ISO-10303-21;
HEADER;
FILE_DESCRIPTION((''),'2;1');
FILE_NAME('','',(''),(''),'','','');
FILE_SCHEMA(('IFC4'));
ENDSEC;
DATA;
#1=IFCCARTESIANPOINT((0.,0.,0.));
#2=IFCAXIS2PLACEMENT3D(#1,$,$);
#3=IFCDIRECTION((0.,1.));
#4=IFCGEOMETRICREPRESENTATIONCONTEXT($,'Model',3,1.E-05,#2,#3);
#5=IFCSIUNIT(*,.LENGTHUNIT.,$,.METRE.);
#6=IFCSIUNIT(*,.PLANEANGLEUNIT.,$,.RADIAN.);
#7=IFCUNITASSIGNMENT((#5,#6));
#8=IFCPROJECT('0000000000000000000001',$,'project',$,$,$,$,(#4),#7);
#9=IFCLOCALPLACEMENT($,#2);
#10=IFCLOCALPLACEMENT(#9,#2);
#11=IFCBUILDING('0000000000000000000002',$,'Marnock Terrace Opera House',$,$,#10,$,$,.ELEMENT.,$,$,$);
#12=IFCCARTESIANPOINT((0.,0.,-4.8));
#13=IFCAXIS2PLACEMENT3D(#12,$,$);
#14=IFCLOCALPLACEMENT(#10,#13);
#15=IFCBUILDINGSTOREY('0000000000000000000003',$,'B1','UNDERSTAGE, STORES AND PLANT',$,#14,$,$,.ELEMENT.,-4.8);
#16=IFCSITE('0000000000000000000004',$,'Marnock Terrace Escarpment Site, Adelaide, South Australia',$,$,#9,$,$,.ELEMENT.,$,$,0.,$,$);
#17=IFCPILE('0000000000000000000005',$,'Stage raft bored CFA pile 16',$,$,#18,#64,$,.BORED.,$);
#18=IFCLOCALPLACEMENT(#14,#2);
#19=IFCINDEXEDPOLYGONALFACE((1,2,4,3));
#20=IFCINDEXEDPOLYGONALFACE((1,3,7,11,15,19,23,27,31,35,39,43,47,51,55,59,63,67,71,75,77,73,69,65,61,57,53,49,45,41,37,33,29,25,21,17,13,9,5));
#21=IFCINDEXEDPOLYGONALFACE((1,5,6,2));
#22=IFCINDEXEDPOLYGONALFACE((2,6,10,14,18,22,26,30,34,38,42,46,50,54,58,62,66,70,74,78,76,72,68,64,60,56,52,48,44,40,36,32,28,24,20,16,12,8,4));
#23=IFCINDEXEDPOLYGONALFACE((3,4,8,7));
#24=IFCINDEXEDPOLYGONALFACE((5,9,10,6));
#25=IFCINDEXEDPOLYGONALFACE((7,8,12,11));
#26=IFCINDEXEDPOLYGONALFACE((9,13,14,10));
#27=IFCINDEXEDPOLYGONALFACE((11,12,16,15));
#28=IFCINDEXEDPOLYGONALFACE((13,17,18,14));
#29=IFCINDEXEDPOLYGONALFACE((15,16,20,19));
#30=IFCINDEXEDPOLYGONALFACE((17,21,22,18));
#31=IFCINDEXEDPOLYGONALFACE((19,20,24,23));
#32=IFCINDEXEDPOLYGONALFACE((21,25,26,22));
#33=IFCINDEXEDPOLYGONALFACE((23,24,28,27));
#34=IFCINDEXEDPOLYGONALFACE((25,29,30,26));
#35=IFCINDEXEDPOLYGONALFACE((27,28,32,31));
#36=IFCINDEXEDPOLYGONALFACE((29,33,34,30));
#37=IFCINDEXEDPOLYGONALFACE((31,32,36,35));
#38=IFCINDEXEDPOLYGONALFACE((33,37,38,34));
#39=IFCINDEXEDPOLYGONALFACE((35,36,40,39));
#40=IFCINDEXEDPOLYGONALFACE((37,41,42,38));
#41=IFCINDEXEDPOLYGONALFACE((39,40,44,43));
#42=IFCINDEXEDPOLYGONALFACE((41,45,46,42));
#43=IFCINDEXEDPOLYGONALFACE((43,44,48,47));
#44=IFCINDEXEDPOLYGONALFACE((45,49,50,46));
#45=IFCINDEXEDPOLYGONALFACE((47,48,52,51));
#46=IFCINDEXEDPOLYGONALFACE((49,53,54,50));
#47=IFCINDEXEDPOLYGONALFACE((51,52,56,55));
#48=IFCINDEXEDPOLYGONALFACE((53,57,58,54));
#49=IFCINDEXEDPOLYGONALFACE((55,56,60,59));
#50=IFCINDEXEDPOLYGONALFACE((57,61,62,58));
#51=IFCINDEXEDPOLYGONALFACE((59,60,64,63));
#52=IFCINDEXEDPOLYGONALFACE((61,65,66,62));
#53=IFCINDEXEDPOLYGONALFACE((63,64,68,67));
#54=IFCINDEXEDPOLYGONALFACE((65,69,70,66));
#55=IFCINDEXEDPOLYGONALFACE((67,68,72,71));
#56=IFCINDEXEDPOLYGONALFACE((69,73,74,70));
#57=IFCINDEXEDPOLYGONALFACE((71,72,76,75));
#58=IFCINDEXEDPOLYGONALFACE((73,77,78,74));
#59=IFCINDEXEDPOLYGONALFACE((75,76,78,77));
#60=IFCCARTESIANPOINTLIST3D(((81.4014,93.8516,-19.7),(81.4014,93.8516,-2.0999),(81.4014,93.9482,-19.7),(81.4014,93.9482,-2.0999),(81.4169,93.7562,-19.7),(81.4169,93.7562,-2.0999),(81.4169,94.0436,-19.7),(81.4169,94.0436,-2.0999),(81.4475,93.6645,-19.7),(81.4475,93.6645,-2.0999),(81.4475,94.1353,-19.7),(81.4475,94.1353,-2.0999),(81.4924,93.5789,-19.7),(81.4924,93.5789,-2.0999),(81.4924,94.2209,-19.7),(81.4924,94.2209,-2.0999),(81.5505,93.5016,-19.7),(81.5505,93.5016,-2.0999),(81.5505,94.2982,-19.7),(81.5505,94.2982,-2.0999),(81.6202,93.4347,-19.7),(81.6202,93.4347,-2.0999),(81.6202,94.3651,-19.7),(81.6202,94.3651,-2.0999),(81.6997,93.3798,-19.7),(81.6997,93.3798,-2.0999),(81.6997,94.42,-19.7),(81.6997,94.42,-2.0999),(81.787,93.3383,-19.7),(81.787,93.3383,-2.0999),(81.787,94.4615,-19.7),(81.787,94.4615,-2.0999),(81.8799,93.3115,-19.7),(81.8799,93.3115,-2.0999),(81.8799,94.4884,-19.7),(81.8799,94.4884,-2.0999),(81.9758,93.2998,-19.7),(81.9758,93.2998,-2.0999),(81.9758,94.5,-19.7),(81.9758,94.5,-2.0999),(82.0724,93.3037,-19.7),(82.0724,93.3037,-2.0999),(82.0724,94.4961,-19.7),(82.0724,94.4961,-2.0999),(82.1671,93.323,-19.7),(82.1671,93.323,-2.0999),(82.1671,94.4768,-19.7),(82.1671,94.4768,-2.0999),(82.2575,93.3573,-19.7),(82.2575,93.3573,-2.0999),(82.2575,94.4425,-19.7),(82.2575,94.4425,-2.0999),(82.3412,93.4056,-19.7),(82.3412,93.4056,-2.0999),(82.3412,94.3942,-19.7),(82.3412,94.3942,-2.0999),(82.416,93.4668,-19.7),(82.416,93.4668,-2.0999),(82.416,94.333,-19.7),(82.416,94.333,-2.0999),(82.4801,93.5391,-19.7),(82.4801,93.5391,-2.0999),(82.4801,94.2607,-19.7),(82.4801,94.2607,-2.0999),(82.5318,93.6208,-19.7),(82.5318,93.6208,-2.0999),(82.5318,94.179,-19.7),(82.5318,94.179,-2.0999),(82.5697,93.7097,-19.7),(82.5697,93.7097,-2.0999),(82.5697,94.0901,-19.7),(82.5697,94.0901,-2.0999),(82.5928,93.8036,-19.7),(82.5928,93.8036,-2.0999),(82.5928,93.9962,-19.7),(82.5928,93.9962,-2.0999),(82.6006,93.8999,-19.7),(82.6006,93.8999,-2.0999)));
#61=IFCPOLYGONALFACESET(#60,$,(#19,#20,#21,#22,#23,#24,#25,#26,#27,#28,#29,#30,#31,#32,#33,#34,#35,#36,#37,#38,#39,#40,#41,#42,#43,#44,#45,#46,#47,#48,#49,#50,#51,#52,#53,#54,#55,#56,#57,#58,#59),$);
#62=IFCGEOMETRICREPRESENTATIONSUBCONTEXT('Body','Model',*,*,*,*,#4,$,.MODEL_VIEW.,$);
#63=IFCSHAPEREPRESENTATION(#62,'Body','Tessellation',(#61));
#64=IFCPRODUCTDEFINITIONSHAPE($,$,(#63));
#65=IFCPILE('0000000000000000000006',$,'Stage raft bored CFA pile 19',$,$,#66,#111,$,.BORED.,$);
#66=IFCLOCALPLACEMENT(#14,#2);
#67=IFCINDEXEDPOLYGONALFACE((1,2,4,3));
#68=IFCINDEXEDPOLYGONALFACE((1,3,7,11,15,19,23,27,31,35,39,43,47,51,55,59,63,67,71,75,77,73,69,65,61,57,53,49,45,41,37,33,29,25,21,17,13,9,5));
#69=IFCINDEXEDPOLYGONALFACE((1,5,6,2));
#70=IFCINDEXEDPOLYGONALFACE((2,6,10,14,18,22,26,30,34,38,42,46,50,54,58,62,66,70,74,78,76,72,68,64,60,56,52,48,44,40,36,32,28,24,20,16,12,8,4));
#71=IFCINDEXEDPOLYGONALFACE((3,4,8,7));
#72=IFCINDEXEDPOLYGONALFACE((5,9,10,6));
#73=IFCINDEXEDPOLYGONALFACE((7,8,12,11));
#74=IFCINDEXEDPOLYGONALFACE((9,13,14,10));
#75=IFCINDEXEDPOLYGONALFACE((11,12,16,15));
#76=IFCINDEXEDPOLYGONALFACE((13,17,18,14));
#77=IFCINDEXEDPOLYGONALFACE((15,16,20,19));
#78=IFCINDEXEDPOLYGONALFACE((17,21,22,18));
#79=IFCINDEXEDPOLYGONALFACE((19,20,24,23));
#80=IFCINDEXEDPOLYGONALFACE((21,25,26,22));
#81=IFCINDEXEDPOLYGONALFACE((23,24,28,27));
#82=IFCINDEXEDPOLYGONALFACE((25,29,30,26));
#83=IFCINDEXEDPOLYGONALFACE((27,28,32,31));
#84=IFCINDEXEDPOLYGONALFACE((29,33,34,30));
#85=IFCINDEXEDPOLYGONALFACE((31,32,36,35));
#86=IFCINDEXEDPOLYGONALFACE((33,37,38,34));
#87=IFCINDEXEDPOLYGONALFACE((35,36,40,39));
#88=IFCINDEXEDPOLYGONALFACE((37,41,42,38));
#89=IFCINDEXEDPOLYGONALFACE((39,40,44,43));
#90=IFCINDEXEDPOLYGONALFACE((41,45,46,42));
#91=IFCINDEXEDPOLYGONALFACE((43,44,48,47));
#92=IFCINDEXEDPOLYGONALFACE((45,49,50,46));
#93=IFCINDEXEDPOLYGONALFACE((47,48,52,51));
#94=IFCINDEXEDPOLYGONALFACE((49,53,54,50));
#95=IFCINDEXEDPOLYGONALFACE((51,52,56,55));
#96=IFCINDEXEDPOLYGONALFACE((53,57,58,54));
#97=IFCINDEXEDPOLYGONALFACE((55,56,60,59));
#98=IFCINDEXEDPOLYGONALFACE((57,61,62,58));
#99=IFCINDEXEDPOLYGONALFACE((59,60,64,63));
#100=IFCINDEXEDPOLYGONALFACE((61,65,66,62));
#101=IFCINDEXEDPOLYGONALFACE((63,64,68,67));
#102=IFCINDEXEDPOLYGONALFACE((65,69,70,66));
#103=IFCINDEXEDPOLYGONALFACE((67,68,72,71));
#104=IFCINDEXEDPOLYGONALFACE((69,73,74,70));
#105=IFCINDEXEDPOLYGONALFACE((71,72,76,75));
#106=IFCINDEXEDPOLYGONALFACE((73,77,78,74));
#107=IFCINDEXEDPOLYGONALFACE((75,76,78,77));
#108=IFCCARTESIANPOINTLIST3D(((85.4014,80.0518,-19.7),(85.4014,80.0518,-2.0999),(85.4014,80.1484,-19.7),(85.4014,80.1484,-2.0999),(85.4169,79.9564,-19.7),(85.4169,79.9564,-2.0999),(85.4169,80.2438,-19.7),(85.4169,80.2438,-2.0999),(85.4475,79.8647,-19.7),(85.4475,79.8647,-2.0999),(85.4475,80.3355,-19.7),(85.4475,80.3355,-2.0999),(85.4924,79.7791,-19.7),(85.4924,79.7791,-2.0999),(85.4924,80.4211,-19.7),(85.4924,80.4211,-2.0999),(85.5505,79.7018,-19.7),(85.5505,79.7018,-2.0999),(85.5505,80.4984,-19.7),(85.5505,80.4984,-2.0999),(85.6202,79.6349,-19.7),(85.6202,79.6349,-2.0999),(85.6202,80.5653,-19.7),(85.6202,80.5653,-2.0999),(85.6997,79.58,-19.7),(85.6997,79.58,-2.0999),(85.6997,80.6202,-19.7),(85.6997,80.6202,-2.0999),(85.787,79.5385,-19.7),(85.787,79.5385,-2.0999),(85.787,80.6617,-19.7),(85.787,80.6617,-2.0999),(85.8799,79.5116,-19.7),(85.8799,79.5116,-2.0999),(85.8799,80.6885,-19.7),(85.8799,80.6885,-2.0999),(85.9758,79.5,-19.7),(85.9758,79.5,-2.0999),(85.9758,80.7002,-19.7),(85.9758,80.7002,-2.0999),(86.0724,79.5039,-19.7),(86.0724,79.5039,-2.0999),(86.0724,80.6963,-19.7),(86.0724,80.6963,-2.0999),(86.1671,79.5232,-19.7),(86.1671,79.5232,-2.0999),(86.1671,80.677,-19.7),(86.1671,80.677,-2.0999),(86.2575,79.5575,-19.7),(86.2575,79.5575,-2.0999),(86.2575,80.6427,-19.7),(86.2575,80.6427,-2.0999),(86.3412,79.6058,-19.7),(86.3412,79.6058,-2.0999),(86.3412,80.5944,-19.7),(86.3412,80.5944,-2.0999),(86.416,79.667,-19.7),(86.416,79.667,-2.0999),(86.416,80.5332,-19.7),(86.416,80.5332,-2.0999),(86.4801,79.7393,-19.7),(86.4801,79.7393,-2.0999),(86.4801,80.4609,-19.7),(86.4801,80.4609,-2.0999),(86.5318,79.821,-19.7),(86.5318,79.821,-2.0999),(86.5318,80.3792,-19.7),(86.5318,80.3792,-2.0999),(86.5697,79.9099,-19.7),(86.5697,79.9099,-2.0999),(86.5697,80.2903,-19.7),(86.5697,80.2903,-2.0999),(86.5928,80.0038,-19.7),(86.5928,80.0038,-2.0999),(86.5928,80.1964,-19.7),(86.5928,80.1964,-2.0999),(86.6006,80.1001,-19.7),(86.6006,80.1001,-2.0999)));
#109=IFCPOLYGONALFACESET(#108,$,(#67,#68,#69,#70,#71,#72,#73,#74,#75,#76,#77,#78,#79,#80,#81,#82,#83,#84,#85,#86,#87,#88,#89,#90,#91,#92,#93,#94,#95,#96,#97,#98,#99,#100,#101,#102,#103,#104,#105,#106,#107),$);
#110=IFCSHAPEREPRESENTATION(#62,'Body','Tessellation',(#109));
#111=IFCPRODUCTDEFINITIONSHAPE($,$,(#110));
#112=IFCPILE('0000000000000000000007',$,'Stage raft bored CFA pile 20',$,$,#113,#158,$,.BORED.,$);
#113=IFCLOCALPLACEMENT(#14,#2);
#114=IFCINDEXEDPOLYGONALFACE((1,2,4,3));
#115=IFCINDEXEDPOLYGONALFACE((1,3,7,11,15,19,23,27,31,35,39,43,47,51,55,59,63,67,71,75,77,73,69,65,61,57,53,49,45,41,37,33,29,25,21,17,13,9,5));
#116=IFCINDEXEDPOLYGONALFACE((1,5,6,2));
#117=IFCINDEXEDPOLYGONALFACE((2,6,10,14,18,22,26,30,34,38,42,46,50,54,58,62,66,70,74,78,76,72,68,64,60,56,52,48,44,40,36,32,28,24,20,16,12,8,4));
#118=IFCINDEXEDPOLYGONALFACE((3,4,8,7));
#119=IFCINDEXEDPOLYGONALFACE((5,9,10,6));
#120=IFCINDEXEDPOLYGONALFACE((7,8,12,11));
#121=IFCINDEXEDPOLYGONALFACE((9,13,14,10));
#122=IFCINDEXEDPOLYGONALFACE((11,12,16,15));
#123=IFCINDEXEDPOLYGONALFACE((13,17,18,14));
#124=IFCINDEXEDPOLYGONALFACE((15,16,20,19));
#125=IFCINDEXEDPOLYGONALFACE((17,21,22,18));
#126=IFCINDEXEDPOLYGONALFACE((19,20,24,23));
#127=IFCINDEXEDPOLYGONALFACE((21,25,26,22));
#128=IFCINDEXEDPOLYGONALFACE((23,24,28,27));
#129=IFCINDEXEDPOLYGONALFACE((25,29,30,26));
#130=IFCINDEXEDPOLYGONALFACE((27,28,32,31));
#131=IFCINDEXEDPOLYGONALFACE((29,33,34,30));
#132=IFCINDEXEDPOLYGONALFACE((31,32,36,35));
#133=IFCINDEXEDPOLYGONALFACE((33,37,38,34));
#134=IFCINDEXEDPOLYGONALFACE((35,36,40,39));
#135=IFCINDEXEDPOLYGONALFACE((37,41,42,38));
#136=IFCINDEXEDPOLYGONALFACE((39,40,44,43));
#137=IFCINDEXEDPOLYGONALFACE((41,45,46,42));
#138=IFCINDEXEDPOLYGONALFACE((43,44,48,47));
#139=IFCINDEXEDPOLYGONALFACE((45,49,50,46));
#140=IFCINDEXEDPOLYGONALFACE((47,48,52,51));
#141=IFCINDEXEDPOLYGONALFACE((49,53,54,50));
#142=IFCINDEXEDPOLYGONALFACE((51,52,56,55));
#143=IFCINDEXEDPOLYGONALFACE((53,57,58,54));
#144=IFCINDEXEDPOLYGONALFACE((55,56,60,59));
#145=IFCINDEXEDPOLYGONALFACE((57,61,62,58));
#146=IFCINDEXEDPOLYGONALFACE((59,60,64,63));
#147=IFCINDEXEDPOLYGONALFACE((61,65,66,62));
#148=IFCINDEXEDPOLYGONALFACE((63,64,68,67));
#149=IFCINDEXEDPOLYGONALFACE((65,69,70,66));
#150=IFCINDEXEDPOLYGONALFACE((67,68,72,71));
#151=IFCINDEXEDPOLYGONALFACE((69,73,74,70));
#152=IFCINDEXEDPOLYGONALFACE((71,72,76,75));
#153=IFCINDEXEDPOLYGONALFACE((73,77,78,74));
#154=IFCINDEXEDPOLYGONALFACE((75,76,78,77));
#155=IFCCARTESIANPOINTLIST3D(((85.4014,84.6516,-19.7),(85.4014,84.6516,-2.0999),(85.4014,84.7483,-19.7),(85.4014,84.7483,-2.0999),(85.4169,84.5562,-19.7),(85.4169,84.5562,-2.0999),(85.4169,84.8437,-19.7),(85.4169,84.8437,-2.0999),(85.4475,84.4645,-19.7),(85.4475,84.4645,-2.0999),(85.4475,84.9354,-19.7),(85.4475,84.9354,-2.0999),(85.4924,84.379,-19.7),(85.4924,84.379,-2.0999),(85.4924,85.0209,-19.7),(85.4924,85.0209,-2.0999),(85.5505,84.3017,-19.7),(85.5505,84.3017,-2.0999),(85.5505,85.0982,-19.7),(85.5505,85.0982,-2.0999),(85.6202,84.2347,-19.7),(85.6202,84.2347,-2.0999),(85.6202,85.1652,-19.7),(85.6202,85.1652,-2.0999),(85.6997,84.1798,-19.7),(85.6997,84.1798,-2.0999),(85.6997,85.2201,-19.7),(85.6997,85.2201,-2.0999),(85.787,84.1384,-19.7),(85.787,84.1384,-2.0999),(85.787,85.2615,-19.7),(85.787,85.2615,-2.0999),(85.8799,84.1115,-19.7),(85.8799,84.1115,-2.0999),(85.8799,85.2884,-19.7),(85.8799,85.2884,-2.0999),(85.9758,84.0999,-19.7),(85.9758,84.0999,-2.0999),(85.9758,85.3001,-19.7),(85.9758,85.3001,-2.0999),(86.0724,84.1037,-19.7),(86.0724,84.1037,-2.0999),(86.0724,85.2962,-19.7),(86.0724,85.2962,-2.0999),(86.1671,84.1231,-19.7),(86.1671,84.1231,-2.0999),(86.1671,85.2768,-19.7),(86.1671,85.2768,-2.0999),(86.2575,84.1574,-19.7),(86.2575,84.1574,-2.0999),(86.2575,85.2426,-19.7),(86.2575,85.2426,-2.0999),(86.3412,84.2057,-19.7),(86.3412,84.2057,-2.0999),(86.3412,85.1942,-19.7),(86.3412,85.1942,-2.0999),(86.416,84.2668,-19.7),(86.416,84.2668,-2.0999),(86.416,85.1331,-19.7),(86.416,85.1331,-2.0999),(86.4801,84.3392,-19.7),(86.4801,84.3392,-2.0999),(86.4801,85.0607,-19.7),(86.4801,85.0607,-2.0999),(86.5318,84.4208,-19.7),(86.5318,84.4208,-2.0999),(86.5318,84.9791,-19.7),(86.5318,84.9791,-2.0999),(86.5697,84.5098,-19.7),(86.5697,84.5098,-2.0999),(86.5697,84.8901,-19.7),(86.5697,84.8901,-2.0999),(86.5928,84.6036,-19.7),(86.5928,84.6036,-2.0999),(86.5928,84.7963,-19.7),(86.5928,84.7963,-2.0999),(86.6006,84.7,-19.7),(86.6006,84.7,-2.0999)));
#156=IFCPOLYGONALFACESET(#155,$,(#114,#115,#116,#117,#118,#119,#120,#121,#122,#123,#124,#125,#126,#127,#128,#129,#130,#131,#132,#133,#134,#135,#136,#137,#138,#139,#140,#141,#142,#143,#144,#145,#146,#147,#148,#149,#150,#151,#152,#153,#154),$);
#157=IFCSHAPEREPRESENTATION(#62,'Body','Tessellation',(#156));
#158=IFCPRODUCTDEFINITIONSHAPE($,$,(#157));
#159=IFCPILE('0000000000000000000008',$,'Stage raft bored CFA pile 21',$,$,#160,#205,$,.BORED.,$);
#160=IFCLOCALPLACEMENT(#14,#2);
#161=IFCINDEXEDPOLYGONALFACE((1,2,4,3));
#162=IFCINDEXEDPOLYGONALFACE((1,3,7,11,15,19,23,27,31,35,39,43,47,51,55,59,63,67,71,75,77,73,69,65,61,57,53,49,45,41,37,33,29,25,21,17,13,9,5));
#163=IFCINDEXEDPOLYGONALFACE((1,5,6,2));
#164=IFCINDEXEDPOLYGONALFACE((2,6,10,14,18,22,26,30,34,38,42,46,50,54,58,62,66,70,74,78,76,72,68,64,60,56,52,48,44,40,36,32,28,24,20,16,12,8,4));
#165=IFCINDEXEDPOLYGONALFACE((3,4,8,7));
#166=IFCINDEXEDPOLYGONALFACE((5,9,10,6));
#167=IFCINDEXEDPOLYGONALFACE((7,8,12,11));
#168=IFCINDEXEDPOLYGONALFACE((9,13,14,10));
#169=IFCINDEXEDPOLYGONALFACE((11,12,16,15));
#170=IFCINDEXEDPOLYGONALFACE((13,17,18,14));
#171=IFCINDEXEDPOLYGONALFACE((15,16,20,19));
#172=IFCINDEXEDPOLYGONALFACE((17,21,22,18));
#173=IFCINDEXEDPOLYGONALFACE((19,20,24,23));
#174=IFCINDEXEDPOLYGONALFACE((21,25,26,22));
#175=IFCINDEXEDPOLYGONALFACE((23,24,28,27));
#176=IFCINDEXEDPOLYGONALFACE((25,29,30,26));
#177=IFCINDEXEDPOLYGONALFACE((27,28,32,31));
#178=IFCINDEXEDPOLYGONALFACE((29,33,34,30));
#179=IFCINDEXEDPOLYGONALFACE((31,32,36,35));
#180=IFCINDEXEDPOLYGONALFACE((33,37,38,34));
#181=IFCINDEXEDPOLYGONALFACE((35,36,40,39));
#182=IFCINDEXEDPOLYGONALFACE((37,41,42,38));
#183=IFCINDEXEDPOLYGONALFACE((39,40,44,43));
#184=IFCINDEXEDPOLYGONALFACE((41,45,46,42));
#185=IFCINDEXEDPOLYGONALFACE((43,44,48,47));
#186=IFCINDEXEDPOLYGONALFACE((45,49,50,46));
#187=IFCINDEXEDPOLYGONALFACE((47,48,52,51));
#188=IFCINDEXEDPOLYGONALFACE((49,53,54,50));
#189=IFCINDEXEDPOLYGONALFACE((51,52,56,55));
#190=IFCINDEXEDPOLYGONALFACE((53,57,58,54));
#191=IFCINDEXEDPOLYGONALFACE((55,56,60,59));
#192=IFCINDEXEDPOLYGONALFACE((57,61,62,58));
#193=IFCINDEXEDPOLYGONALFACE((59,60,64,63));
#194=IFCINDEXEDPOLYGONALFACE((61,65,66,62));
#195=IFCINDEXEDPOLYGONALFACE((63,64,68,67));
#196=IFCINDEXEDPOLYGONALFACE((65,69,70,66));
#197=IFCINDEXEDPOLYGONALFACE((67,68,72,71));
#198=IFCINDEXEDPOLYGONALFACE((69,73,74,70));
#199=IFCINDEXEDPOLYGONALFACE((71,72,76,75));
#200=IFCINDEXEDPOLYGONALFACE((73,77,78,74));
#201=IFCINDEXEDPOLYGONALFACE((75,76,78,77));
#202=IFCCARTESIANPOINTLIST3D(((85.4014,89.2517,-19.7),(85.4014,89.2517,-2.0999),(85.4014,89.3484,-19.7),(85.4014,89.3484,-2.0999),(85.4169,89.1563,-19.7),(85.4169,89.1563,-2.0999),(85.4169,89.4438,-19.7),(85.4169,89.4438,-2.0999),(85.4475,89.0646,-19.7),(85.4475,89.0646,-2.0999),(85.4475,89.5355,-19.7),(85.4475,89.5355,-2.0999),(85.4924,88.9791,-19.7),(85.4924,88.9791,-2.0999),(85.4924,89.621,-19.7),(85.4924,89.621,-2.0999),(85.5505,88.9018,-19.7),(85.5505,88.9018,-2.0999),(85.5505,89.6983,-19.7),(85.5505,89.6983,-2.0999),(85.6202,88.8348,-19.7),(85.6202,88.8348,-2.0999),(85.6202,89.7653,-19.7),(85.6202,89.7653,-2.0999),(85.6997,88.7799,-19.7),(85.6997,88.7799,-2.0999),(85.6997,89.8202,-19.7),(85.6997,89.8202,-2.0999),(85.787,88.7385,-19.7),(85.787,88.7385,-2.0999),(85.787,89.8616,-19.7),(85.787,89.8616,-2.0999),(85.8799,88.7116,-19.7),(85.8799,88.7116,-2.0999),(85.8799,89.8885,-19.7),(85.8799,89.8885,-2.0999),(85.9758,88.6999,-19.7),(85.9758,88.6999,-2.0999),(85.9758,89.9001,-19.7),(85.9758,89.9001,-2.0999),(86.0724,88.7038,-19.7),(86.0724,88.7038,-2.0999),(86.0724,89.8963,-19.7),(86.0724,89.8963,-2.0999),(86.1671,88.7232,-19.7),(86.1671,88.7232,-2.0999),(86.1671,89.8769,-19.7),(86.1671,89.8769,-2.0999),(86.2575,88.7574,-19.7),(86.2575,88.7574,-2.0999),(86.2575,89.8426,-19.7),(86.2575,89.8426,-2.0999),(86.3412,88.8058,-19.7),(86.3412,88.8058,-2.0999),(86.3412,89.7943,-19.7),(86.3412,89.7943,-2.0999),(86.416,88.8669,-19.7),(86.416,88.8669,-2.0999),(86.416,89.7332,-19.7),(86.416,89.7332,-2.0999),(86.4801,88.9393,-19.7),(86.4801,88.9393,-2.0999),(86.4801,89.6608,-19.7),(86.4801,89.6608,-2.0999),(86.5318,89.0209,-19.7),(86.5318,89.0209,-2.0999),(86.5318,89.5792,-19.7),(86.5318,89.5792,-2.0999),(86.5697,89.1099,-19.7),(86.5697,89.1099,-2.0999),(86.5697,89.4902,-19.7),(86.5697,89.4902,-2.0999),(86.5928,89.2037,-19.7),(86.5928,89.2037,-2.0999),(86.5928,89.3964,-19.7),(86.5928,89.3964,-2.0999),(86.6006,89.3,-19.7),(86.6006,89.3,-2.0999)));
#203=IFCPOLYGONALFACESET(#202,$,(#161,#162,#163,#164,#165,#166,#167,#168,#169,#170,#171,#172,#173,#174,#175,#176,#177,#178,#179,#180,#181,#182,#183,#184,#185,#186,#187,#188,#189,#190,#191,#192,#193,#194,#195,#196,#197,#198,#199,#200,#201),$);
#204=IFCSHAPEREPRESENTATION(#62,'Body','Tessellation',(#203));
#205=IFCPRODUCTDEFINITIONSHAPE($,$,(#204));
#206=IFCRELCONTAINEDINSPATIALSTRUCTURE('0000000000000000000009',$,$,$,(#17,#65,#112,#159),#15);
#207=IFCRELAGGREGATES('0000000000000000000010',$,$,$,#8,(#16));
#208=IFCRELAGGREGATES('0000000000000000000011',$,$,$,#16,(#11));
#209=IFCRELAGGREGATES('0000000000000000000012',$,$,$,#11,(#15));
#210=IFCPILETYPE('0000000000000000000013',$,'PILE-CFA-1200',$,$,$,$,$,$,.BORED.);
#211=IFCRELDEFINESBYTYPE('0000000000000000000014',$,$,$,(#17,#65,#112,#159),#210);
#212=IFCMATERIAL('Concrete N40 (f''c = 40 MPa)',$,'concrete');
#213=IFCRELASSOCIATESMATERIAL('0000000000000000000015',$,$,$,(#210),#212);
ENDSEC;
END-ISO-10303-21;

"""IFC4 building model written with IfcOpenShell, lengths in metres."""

from ifc_helpers import new_model, si_unit, direction, frame, origin, origin_2d, place, context, subcontext, project, spatial, circle, extrude, material, material_profile, profile_set, type_object, element, save


model = new_model("IFC4")

# Units and contexts
model_context = context("Model", 3, precision=1e-05, world=origin(), true_north=direction((0.0, 1.0)))
body_context = subcontext(model_context, "Body", "Model", "MODEL_VIEW")
ifc_project = project(units=[si_unit("LENGTHUNIT", "METRE"), si_unit("PLANEANGLEUNIT", "RADIAN")], contexts=[model_context])

# Site, building, storey
site_placement = place(None, origin())
site = spatial("IfcSite", under=ifc_project, at=site_placement, Name="Marnock Terrace Escarpment Site, Adelaide, South Australia", CompositionType="ELEMENT", RefElevation=0.0)
building_placement = place(site_placement, origin())
building = spatial("IfcBuilding", under=site, at=building_placement, Name="Marnock Terrace Opera House", CompositionType="ELEMENT")
storey_placement = place(building_placement, frame((0.0, 0.0, -4.8)))
storey = spatial("IfcBuildingStorey", under=building, at=storey_placement, Name="B1", Description="UNDERSTAGE, STORES AND PLANT", CompositionType="ELEMENT", Elevation=-4.8)

# Shared definitions
ifc_material_1 = material(Name="Concrete N40 (f'c = 40 MPa)", Category="concrete")

# Piles
ifc_material_profile_1 = material_profile(ifc_material_1, circle(Radius=0.6006, at=origin_2d()))
ifc_profile_set_1 = profile_set([ifc_material_profile_1], Name="Concrete N40 (f'c = 40 MPa)")
pile_type = type_object("IfcPileType", Name="PILE-CFA-1200", PredefinedType="BORED", material=ifc_profile_set_1)
for number, where, z_axis, x_axis, name in (
    (1, (82.0, 93.8999, -2.0999), (0.0, 0.0, -1.0), (1.0, 0.0, 0.0), "Stage raft bored CFA pile 16"),
    (2, (86.0, 80.1001, -2.0999), (0.0, 0.0, -1.0), (1.0, 0.0, 0.0), "Stage raft bored CFA pile 19"),
    (3, (86.0, 84.7, -2.0999), (0.0, 0.0, -1.0), (1.0, 0.0, 0.0), "Stage raft bored CFA pile 20"),
    (4, (86.0, 89.3, -2.0999), (0.0, 0.0, -1.0), (1.0, 0.0, 0.0), "Stage raft bored CFA pile 21"),
):
    element("IfcPile", number, at=place(storey_placement, frame(where, z_axis=z_axis, x_axis=x_axis)), inside=storey, type_object=pile_type, Name=name, PredefinedType="BORED", context=body_context, shape_type="SweptSolid", body=[
        extrude(circle(Radius=0.6006, at=origin_2d()), origin(), (0.0, 0.0, 1.0), 17.6001),
    ])

save(model, "model.ifc")
